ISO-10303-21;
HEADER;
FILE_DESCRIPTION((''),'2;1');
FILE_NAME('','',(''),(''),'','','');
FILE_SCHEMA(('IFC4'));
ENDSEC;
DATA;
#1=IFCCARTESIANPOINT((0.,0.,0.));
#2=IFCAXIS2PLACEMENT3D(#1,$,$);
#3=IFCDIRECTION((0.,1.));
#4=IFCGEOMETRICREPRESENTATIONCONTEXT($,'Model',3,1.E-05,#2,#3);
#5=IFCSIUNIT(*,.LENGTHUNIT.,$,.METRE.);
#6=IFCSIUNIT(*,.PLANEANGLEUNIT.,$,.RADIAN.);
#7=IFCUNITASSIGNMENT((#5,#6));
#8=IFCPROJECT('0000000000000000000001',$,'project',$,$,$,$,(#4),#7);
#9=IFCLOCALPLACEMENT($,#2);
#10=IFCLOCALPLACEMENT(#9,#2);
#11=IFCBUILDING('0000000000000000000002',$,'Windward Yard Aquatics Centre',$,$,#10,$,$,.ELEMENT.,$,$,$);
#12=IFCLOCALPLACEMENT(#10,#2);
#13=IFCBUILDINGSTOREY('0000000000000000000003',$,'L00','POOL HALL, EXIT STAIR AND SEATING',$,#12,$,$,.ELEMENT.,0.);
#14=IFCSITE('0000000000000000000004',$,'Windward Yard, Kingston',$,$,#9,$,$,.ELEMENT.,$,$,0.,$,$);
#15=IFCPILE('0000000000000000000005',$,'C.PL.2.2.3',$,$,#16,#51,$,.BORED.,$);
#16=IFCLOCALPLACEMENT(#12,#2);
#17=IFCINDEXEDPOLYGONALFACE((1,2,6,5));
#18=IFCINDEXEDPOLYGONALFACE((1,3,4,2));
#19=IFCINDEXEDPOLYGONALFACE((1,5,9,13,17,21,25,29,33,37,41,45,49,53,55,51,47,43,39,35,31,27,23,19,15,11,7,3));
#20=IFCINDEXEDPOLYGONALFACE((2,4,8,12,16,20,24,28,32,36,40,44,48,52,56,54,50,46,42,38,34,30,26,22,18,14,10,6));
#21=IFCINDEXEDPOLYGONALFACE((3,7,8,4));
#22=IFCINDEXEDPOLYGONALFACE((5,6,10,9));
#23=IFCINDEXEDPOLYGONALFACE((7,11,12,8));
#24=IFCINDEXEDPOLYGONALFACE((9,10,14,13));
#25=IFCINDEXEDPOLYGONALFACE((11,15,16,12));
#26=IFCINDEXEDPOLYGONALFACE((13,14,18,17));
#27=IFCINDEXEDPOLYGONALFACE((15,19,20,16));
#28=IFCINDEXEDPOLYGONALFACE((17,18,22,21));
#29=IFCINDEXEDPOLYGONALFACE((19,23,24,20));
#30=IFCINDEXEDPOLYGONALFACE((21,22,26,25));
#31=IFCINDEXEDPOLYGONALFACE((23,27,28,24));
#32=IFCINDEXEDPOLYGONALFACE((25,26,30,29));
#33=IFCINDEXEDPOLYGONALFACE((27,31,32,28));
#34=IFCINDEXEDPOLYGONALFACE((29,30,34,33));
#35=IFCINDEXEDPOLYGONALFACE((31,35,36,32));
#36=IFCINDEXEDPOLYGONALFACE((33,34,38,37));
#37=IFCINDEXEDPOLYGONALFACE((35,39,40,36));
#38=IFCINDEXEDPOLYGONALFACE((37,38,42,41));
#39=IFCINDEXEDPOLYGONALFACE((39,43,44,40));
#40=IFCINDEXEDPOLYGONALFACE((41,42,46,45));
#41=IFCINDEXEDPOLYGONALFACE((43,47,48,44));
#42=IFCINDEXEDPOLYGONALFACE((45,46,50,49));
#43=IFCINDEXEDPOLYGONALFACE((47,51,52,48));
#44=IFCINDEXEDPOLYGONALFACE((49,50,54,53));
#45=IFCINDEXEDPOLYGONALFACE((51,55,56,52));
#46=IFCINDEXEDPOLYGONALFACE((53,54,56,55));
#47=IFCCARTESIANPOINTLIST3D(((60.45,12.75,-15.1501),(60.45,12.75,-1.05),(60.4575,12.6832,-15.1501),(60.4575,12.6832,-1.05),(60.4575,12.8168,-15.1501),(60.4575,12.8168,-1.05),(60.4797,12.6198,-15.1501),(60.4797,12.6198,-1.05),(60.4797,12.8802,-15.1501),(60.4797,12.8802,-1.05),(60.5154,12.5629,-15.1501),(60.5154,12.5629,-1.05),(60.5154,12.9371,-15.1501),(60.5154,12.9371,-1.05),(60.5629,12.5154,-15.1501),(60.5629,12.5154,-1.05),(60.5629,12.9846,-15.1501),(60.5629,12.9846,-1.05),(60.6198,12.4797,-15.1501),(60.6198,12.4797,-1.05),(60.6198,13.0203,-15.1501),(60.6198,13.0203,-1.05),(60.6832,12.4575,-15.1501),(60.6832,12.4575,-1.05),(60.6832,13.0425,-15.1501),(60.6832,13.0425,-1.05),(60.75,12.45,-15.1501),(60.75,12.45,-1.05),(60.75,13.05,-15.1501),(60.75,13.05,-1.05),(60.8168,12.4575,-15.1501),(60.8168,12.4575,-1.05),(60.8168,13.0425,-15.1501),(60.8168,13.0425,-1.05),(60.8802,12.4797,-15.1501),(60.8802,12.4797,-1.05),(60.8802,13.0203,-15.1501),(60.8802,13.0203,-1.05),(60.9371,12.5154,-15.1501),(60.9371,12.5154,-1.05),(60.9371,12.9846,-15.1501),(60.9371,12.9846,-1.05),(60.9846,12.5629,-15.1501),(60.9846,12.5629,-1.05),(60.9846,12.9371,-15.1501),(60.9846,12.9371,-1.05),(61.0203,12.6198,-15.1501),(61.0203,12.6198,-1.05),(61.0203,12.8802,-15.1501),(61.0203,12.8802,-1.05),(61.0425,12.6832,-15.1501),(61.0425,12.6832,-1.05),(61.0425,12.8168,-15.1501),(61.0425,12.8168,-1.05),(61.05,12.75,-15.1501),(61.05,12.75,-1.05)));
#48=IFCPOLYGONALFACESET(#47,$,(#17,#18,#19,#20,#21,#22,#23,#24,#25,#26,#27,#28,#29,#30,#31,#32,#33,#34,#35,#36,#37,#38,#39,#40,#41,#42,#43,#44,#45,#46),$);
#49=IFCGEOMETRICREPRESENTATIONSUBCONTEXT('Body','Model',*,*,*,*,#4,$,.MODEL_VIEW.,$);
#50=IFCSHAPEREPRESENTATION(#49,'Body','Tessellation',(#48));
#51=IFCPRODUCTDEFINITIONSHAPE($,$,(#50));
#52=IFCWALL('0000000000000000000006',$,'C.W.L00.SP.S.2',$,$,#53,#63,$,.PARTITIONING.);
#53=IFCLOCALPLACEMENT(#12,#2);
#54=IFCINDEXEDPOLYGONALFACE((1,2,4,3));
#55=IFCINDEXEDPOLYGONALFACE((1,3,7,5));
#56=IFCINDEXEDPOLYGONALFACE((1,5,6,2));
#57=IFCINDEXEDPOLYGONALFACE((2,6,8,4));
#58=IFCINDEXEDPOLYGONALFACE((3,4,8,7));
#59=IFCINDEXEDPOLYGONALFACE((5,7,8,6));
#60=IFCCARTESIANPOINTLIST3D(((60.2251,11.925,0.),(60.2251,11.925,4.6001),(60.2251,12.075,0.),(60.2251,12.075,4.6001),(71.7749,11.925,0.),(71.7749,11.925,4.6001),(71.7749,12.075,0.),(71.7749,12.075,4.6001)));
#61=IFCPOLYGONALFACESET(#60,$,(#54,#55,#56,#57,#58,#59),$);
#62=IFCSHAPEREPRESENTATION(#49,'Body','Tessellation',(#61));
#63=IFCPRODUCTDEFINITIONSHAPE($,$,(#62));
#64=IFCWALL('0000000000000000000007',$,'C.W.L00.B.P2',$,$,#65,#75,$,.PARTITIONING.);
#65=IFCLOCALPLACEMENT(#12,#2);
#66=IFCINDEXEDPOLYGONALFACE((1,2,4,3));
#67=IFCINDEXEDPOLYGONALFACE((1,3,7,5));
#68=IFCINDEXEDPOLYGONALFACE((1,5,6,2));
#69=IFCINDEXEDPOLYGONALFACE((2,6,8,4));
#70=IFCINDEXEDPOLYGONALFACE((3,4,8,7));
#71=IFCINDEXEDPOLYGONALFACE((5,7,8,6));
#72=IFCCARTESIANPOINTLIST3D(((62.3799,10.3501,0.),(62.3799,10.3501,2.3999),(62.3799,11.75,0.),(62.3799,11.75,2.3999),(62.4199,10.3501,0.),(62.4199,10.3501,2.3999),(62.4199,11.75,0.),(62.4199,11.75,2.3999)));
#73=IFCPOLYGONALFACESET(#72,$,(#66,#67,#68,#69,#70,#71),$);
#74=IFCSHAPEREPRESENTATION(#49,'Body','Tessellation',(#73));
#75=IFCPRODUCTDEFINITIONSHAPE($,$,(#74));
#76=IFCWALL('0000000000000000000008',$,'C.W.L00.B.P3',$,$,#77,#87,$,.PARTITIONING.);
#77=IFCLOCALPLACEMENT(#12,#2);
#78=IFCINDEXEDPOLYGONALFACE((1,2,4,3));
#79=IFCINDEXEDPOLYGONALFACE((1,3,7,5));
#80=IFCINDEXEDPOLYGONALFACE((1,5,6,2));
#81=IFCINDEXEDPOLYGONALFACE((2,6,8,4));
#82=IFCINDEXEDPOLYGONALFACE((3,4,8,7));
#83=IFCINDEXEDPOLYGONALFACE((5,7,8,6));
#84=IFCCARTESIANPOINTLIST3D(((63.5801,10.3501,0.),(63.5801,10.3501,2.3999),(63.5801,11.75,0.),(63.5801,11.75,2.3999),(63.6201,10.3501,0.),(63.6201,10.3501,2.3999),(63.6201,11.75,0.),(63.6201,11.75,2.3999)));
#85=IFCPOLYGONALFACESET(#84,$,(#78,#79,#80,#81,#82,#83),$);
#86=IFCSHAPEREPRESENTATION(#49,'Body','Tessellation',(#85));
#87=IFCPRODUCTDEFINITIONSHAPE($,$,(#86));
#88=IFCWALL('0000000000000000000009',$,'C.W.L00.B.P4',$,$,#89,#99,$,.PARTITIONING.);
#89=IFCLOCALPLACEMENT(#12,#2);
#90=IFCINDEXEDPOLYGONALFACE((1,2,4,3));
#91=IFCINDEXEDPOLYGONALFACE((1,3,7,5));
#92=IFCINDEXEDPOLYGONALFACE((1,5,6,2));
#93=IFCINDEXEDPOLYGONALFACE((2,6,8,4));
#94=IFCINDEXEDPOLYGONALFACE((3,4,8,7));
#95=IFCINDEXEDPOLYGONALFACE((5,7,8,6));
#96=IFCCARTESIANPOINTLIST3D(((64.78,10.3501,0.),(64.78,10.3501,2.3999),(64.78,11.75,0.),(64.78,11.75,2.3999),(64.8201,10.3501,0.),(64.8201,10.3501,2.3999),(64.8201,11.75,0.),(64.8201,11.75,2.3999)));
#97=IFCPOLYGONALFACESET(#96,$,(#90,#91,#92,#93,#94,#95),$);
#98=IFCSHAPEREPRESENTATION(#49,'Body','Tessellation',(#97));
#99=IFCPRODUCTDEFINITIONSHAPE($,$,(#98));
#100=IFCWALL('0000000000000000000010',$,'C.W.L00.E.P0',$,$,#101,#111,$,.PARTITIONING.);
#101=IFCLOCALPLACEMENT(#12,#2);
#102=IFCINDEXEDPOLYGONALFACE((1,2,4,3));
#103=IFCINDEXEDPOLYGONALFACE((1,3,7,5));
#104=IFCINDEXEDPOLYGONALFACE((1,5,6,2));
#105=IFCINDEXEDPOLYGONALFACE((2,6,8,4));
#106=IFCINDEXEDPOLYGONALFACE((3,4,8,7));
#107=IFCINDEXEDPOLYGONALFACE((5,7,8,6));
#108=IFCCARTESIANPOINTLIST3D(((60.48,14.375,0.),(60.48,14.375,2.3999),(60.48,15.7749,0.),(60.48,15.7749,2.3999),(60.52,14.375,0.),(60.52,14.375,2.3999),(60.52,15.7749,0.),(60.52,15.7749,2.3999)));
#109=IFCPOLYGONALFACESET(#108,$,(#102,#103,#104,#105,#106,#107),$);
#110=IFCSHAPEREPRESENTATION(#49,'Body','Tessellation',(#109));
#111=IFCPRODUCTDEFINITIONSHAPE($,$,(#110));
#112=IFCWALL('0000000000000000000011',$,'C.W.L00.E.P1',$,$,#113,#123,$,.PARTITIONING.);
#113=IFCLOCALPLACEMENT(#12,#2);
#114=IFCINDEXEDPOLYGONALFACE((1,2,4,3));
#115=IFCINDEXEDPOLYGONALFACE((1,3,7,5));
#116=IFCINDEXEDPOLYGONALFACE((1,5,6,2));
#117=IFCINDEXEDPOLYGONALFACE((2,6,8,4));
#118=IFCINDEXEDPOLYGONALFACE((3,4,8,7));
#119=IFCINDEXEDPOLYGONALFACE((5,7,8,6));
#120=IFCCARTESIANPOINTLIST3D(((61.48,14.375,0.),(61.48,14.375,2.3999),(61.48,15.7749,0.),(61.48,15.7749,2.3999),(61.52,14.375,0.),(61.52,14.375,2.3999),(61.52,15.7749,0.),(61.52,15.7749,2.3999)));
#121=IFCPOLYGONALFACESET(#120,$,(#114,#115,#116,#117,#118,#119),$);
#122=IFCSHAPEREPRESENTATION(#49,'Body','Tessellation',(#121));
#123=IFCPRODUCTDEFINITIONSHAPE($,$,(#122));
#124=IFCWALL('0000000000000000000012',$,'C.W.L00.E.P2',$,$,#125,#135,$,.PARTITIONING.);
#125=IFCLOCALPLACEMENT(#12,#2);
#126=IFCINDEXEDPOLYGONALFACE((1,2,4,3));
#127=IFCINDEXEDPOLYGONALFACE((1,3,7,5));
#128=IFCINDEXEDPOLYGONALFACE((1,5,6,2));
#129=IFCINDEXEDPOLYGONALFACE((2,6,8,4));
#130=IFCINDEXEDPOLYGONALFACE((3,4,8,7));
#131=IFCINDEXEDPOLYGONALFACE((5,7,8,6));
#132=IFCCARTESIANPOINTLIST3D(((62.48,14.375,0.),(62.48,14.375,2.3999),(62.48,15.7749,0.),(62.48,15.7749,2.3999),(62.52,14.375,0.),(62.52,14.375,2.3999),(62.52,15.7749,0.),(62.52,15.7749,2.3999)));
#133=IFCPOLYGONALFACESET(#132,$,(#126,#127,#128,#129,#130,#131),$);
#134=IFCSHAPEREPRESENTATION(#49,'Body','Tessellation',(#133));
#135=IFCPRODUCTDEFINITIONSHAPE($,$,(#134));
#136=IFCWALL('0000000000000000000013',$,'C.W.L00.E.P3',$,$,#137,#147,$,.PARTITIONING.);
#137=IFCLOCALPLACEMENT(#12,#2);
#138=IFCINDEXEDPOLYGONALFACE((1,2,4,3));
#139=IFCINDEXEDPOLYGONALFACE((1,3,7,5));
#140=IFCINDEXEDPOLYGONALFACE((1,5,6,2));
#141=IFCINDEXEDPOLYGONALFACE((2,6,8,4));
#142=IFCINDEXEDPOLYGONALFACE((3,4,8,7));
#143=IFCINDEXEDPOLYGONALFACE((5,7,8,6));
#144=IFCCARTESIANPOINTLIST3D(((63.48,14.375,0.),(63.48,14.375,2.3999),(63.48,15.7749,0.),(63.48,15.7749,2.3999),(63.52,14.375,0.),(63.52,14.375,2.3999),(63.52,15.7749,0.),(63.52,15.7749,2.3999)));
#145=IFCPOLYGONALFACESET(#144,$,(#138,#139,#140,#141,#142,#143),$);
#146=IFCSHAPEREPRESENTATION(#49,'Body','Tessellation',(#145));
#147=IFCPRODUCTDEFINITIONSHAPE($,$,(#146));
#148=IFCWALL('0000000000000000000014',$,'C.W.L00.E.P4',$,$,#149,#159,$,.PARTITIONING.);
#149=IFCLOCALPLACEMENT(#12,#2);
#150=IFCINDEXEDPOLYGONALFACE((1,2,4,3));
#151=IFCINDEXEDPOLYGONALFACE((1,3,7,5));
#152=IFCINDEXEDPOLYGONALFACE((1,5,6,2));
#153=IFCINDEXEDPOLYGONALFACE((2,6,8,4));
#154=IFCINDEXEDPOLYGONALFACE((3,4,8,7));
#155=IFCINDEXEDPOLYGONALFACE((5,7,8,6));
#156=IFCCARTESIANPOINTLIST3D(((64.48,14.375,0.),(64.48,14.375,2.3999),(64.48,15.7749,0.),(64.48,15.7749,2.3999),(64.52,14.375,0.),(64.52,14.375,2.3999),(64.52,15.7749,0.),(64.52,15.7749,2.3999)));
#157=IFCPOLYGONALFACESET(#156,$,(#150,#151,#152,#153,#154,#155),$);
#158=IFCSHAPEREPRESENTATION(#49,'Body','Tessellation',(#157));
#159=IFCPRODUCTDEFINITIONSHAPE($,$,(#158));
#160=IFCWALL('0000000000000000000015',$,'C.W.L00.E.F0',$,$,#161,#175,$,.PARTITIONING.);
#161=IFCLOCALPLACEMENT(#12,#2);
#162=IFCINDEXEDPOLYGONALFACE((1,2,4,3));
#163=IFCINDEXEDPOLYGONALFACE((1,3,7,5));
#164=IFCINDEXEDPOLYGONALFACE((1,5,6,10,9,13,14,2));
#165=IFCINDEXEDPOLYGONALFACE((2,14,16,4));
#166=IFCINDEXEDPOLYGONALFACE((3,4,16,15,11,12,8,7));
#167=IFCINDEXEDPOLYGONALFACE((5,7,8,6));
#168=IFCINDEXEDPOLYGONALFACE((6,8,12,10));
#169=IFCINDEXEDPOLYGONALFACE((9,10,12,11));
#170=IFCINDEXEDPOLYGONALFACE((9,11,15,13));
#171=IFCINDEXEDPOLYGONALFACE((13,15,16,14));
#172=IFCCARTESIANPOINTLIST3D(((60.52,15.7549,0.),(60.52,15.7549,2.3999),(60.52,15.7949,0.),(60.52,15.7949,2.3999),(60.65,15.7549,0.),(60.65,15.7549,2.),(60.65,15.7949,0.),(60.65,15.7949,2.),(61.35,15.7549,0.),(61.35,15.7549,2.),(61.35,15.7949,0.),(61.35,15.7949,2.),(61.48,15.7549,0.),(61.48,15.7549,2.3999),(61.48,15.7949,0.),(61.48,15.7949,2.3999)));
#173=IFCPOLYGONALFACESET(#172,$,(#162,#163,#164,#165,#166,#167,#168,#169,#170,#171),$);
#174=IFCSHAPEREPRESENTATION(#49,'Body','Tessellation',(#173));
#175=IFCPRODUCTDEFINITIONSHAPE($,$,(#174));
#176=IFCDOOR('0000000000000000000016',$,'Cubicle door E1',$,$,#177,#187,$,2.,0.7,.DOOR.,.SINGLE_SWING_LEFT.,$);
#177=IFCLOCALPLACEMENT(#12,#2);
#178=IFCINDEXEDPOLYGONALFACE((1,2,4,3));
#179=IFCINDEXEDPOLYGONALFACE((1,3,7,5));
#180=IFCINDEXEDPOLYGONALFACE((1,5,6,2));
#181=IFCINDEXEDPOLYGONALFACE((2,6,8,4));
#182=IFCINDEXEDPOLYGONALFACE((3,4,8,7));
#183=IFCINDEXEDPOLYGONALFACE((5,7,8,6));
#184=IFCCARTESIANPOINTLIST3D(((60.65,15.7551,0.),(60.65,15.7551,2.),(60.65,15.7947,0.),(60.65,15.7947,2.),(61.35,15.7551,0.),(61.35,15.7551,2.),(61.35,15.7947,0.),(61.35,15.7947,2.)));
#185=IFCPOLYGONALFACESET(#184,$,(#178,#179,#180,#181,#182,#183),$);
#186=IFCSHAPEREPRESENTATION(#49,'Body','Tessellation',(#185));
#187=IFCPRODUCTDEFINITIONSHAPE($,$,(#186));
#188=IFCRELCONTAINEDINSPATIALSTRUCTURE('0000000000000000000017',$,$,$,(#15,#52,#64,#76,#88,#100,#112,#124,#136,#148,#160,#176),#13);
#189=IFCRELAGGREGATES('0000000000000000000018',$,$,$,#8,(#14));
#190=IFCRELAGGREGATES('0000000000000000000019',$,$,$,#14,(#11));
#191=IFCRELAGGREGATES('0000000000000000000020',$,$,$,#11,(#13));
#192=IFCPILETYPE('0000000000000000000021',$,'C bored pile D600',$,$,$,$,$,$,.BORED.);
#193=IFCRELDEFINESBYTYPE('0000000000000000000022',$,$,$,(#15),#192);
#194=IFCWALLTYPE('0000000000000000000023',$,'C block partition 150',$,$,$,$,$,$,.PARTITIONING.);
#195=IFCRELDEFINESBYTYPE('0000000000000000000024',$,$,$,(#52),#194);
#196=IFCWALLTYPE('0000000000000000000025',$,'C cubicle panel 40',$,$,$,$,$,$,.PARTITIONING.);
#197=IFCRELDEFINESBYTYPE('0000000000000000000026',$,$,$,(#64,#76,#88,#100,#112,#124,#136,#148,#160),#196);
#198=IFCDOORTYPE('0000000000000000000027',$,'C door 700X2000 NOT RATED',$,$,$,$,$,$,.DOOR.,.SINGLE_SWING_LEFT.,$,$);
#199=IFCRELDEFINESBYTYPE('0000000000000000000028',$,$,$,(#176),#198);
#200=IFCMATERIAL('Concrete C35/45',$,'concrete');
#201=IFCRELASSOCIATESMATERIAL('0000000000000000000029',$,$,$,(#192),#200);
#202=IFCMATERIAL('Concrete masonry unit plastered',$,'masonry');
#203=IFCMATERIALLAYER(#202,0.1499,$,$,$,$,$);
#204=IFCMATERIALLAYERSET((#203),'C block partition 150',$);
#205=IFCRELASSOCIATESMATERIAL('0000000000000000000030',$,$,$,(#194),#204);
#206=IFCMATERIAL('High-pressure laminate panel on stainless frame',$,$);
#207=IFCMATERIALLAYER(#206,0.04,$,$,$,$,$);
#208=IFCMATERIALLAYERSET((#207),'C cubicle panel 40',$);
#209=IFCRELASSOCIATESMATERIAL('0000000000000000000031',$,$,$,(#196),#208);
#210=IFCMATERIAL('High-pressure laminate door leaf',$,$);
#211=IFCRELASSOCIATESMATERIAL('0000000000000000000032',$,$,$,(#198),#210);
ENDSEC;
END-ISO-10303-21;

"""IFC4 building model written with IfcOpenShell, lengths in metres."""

from ifc_helpers import new_model, si_unit, direction, frame, frame_2d, origin, origin_2d, place, context, subcontext, project, spatial, rectangle, circle, extrude, material, layer, layer_set, material_profile, profile_set, type_object, element, fill, save


model = new_model("IFC4")

# Units and contexts
model_context = context("Model", 3, precision=1e-05, world=origin(), true_north=direction((0.0, 1.0)))
body_context = subcontext(model_context, "Body", "Model", "MODEL_VIEW")
ifc_project = project(units=[si_unit("LENGTHUNIT", "METRE"), si_unit("PLANEANGLEUNIT", "RADIAN")], contexts=[model_context])

# Site, building, storey
site_placement = place(None, origin())
site = spatial("IfcSite", under=ifc_project, at=site_placement, Name="Windward Yard, Kingston", CompositionType="ELEMENT", RefElevation=0.0)
building_placement = place(site_placement, origin())
building = spatial("IfcBuilding", under=site, at=building_placement, Name="Windward Yard Aquatics Centre", CompositionType="ELEMENT")
storey_placement = place(building_placement, origin())
storey = spatial("IfcBuildingStorey", under=building, at=storey_placement, Name="L00", Description="POOL HALL, EXIT STAIR AND SEATING", CompositionType="ELEMENT", Elevation=0.0)

# Pile
ifc_material_1 = material(Name="Concrete C35/45", Category="concrete")
ifc_material_profile = material_profile(ifc_material_1, circle(Radius=0.3, at=origin_2d()), Name="RC D600")
ifc_profile_set = profile_set([ifc_material_profile], Name="Concrete C35/45")
pile_type = type_object("IfcPileType", Name="C bored pile D600", PredefinedType="BORED", material=ifc_profile_set)
pile_placement = place(storey_placement, frame((60.75, 12.75, -1.05), z_axis=(0.0, 0.0, -1.0), x_axis=(1.0, 0.0, 0.0)))
element("IfcPile", 1, at=pile_placement, inside=storey, type_object=pile_type, Name="C.PL.2.2.3", PredefinedType="BORED", context=body_context, shape_type="SweptSolid", body=[
    extrude(circle(Radius=0.3, at=origin_2d()), origin(), (0.0, 0.0, 1.0), 14.1001),
])

# Walls
ifc_material_2 = material(Name="Concrete masonry unit plastered", Category="masonry")
ifc_layer_1 = layer(ifc_material_2, 0.1499)
ifc_layer_set_1 = layer_set([ifc_layer_1], Name="C block partition 150")
wall_type_1 = type_object("IfcWallType", Name="C block partition 150", PredefinedType="PARTITIONING", material=ifc_layer_set_1)
wall_1_placement = place(storey_placement, frame((60.2251, 12.0, 0.0), z_axis=(0.0, 0.0, 1.0), x_axis=(1.0, 0.0, 0.0)))
element("IfcWall", 2, at=wall_1_placement, inside=storey, type_object=wall_type_1, Name="C.W.L00.SP.S.2", PredefinedType="PARTITIONING", context=body_context, shape_type="SweptSolid", body=[
    extrude(rectangle(XDim=11.5498, YDim=0.1499, at=frame_2d((5.7749, 0.0))), origin(), (0.0, 0.0, 1.0), 4.6001),
])
ifc_material_3 = material(Name="High-pressure laminate panel on stainless frame")
ifc_layer_2 = layer(ifc_material_3, 0.04)
ifc_layer_set_2 = layer_set([ifc_layer_2], Name="C cubicle panel 40")
wall_type_2 = type_object("IfcWallType", Name="C cubicle panel 40", PredefinedType="PARTITIONING", material=ifc_layer_set_2)
for number, where, z_axis, x_axis, name in (
    (3, (62.3999, 11.75, 0.0), (0.0, 0.0, 1.0), (0.0, -1.0, 0.0), "C.W.L00.B.P2"),
    (4, (63.6001, 11.75, 0.0), (0.0, 0.0, 1.0), (0.0, -1.0, 0.0), "C.W.L00.B.P3"),
    (5, (64.8, 11.75, 0.0), (0.0, 0.0, 1.0), (0.0, -1.0, 0.0), "C.W.L00.B.P4"),
    (6, (60.5, 14.375, 0.0), (0.0, 0.0, 1.0), (0.0, 1.0, 0.0), "C.W.L00.E.P0"),
    (7, (61.5, 14.375, 0.0), (0.0, 0.0, 1.0), (0.0, 1.0, 0.0), "C.W.L00.E.P1"),
    (8, (62.5, 14.375, 0.0), (0.0, 0.0, 1.0), (0.0, 1.0, 0.0), "C.W.L00.E.P2"),
    (9, (63.5, 14.375, 0.0), (0.0, 0.0, 1.0), (0.0, 1.0, 0.0), "C.W.L00.E.P3"),
    (10, (64.5, 14.375, 0.0), (0.0, 0.0, 1.0), (0.0, 1.0, 0.0), "C.W.L00.E.P4"),
):
    element("IfcWall", number, at=place(storey_placement, frame(where, z_axis=z_axis, x_axis=x_axis)), inside=storey, type_object=wall_type_2, Name=name, PredefinedType="PARTITIONING", context=body_context, shape_type="SweptSolid", body=[
        extrude(rectangle(XDim=1.3999, YDim=0.04, at=frame_2d((0.7, 0.0))), origin(), (0.0, 0.0, 1.0), 2.3999),
    ])

# Wall, opening, door
wall_2_placement = place(storey_placement, frame((60.52, 15.7749, 0.0), z_axis=(0.0, 0.0, 1.0), x_axis=(1.0, 0.0, 0.0)))
wall_2 = element("IfcWall", 11, at=wall_2_placement, inside=storey, type_object=wall_type_2, Name="C.W.L00.E.F0", PredefinedType="PARTITIONING", context=body_context, shape_type="SweptSolid", body=[
    extrude(rectangle(XDim=0.96, YDim=0.04, at=frame_2d((0.48, 0.0))), origin(), (0.0, 0.0, 1.0), 2.3999),
])
opening_1_placement = place(wall_2_placement, frame((0.1299, 0.0, 0.0)))
opening_1 = element("IfcOpeningElement", 12, at=opening_1_placement, cuts=wall_2, PredefinedType="OPENING", context=body_context, shape_type="SweptSolid", body=[
    extrude(rectangle(XDim=0.7, YDim=2.0, at=frame_2d((0.3501, 1.0))), frame((0.0, 0.03, 0.0), z_axis=(0.0, -1.0, 0.0), x_axis=(1.0, 0.0, 0.0)), (0.0, 0.0, 1.0), 0.0601),
])
ifc_material_4 = material(Name="High-pressure laminate door leaf")
door_type = type_object("IfcDoorType", Name="C door 700X2000 NOT RATED", OperationType="SINGLE_SWING_LEFT", PredefinedType="DOOR", material=ifc_material_4)
door_1_placement = place(opening_1_placement, origin())
door_1 = element("IfcDoor", 13, at=door_1_placement, inside=storey, type_object=door_type, Name="Cubicle door E1", OperationType="SINGLE_SWING_LEFT", OverallHeight=2.0, OverallWidth=0.7, PredefinedType="DOOR", context=body_context, shape_type="SweptSolid", body=[
    extrude(rectangle(XDim=0.7, YDim=2.0, at=frame_2d((0.3501, 1.0))), frame((0.0, 0.0198, 0.0), z_axis=(0.0, -1.0, 0.0), x_axis=(1.0, 0.0, 0.0)), (0.0, 0.0, 1.0), 0.0396),
])
fill(opening_1, door_1)

save(model, "model.ifc")
